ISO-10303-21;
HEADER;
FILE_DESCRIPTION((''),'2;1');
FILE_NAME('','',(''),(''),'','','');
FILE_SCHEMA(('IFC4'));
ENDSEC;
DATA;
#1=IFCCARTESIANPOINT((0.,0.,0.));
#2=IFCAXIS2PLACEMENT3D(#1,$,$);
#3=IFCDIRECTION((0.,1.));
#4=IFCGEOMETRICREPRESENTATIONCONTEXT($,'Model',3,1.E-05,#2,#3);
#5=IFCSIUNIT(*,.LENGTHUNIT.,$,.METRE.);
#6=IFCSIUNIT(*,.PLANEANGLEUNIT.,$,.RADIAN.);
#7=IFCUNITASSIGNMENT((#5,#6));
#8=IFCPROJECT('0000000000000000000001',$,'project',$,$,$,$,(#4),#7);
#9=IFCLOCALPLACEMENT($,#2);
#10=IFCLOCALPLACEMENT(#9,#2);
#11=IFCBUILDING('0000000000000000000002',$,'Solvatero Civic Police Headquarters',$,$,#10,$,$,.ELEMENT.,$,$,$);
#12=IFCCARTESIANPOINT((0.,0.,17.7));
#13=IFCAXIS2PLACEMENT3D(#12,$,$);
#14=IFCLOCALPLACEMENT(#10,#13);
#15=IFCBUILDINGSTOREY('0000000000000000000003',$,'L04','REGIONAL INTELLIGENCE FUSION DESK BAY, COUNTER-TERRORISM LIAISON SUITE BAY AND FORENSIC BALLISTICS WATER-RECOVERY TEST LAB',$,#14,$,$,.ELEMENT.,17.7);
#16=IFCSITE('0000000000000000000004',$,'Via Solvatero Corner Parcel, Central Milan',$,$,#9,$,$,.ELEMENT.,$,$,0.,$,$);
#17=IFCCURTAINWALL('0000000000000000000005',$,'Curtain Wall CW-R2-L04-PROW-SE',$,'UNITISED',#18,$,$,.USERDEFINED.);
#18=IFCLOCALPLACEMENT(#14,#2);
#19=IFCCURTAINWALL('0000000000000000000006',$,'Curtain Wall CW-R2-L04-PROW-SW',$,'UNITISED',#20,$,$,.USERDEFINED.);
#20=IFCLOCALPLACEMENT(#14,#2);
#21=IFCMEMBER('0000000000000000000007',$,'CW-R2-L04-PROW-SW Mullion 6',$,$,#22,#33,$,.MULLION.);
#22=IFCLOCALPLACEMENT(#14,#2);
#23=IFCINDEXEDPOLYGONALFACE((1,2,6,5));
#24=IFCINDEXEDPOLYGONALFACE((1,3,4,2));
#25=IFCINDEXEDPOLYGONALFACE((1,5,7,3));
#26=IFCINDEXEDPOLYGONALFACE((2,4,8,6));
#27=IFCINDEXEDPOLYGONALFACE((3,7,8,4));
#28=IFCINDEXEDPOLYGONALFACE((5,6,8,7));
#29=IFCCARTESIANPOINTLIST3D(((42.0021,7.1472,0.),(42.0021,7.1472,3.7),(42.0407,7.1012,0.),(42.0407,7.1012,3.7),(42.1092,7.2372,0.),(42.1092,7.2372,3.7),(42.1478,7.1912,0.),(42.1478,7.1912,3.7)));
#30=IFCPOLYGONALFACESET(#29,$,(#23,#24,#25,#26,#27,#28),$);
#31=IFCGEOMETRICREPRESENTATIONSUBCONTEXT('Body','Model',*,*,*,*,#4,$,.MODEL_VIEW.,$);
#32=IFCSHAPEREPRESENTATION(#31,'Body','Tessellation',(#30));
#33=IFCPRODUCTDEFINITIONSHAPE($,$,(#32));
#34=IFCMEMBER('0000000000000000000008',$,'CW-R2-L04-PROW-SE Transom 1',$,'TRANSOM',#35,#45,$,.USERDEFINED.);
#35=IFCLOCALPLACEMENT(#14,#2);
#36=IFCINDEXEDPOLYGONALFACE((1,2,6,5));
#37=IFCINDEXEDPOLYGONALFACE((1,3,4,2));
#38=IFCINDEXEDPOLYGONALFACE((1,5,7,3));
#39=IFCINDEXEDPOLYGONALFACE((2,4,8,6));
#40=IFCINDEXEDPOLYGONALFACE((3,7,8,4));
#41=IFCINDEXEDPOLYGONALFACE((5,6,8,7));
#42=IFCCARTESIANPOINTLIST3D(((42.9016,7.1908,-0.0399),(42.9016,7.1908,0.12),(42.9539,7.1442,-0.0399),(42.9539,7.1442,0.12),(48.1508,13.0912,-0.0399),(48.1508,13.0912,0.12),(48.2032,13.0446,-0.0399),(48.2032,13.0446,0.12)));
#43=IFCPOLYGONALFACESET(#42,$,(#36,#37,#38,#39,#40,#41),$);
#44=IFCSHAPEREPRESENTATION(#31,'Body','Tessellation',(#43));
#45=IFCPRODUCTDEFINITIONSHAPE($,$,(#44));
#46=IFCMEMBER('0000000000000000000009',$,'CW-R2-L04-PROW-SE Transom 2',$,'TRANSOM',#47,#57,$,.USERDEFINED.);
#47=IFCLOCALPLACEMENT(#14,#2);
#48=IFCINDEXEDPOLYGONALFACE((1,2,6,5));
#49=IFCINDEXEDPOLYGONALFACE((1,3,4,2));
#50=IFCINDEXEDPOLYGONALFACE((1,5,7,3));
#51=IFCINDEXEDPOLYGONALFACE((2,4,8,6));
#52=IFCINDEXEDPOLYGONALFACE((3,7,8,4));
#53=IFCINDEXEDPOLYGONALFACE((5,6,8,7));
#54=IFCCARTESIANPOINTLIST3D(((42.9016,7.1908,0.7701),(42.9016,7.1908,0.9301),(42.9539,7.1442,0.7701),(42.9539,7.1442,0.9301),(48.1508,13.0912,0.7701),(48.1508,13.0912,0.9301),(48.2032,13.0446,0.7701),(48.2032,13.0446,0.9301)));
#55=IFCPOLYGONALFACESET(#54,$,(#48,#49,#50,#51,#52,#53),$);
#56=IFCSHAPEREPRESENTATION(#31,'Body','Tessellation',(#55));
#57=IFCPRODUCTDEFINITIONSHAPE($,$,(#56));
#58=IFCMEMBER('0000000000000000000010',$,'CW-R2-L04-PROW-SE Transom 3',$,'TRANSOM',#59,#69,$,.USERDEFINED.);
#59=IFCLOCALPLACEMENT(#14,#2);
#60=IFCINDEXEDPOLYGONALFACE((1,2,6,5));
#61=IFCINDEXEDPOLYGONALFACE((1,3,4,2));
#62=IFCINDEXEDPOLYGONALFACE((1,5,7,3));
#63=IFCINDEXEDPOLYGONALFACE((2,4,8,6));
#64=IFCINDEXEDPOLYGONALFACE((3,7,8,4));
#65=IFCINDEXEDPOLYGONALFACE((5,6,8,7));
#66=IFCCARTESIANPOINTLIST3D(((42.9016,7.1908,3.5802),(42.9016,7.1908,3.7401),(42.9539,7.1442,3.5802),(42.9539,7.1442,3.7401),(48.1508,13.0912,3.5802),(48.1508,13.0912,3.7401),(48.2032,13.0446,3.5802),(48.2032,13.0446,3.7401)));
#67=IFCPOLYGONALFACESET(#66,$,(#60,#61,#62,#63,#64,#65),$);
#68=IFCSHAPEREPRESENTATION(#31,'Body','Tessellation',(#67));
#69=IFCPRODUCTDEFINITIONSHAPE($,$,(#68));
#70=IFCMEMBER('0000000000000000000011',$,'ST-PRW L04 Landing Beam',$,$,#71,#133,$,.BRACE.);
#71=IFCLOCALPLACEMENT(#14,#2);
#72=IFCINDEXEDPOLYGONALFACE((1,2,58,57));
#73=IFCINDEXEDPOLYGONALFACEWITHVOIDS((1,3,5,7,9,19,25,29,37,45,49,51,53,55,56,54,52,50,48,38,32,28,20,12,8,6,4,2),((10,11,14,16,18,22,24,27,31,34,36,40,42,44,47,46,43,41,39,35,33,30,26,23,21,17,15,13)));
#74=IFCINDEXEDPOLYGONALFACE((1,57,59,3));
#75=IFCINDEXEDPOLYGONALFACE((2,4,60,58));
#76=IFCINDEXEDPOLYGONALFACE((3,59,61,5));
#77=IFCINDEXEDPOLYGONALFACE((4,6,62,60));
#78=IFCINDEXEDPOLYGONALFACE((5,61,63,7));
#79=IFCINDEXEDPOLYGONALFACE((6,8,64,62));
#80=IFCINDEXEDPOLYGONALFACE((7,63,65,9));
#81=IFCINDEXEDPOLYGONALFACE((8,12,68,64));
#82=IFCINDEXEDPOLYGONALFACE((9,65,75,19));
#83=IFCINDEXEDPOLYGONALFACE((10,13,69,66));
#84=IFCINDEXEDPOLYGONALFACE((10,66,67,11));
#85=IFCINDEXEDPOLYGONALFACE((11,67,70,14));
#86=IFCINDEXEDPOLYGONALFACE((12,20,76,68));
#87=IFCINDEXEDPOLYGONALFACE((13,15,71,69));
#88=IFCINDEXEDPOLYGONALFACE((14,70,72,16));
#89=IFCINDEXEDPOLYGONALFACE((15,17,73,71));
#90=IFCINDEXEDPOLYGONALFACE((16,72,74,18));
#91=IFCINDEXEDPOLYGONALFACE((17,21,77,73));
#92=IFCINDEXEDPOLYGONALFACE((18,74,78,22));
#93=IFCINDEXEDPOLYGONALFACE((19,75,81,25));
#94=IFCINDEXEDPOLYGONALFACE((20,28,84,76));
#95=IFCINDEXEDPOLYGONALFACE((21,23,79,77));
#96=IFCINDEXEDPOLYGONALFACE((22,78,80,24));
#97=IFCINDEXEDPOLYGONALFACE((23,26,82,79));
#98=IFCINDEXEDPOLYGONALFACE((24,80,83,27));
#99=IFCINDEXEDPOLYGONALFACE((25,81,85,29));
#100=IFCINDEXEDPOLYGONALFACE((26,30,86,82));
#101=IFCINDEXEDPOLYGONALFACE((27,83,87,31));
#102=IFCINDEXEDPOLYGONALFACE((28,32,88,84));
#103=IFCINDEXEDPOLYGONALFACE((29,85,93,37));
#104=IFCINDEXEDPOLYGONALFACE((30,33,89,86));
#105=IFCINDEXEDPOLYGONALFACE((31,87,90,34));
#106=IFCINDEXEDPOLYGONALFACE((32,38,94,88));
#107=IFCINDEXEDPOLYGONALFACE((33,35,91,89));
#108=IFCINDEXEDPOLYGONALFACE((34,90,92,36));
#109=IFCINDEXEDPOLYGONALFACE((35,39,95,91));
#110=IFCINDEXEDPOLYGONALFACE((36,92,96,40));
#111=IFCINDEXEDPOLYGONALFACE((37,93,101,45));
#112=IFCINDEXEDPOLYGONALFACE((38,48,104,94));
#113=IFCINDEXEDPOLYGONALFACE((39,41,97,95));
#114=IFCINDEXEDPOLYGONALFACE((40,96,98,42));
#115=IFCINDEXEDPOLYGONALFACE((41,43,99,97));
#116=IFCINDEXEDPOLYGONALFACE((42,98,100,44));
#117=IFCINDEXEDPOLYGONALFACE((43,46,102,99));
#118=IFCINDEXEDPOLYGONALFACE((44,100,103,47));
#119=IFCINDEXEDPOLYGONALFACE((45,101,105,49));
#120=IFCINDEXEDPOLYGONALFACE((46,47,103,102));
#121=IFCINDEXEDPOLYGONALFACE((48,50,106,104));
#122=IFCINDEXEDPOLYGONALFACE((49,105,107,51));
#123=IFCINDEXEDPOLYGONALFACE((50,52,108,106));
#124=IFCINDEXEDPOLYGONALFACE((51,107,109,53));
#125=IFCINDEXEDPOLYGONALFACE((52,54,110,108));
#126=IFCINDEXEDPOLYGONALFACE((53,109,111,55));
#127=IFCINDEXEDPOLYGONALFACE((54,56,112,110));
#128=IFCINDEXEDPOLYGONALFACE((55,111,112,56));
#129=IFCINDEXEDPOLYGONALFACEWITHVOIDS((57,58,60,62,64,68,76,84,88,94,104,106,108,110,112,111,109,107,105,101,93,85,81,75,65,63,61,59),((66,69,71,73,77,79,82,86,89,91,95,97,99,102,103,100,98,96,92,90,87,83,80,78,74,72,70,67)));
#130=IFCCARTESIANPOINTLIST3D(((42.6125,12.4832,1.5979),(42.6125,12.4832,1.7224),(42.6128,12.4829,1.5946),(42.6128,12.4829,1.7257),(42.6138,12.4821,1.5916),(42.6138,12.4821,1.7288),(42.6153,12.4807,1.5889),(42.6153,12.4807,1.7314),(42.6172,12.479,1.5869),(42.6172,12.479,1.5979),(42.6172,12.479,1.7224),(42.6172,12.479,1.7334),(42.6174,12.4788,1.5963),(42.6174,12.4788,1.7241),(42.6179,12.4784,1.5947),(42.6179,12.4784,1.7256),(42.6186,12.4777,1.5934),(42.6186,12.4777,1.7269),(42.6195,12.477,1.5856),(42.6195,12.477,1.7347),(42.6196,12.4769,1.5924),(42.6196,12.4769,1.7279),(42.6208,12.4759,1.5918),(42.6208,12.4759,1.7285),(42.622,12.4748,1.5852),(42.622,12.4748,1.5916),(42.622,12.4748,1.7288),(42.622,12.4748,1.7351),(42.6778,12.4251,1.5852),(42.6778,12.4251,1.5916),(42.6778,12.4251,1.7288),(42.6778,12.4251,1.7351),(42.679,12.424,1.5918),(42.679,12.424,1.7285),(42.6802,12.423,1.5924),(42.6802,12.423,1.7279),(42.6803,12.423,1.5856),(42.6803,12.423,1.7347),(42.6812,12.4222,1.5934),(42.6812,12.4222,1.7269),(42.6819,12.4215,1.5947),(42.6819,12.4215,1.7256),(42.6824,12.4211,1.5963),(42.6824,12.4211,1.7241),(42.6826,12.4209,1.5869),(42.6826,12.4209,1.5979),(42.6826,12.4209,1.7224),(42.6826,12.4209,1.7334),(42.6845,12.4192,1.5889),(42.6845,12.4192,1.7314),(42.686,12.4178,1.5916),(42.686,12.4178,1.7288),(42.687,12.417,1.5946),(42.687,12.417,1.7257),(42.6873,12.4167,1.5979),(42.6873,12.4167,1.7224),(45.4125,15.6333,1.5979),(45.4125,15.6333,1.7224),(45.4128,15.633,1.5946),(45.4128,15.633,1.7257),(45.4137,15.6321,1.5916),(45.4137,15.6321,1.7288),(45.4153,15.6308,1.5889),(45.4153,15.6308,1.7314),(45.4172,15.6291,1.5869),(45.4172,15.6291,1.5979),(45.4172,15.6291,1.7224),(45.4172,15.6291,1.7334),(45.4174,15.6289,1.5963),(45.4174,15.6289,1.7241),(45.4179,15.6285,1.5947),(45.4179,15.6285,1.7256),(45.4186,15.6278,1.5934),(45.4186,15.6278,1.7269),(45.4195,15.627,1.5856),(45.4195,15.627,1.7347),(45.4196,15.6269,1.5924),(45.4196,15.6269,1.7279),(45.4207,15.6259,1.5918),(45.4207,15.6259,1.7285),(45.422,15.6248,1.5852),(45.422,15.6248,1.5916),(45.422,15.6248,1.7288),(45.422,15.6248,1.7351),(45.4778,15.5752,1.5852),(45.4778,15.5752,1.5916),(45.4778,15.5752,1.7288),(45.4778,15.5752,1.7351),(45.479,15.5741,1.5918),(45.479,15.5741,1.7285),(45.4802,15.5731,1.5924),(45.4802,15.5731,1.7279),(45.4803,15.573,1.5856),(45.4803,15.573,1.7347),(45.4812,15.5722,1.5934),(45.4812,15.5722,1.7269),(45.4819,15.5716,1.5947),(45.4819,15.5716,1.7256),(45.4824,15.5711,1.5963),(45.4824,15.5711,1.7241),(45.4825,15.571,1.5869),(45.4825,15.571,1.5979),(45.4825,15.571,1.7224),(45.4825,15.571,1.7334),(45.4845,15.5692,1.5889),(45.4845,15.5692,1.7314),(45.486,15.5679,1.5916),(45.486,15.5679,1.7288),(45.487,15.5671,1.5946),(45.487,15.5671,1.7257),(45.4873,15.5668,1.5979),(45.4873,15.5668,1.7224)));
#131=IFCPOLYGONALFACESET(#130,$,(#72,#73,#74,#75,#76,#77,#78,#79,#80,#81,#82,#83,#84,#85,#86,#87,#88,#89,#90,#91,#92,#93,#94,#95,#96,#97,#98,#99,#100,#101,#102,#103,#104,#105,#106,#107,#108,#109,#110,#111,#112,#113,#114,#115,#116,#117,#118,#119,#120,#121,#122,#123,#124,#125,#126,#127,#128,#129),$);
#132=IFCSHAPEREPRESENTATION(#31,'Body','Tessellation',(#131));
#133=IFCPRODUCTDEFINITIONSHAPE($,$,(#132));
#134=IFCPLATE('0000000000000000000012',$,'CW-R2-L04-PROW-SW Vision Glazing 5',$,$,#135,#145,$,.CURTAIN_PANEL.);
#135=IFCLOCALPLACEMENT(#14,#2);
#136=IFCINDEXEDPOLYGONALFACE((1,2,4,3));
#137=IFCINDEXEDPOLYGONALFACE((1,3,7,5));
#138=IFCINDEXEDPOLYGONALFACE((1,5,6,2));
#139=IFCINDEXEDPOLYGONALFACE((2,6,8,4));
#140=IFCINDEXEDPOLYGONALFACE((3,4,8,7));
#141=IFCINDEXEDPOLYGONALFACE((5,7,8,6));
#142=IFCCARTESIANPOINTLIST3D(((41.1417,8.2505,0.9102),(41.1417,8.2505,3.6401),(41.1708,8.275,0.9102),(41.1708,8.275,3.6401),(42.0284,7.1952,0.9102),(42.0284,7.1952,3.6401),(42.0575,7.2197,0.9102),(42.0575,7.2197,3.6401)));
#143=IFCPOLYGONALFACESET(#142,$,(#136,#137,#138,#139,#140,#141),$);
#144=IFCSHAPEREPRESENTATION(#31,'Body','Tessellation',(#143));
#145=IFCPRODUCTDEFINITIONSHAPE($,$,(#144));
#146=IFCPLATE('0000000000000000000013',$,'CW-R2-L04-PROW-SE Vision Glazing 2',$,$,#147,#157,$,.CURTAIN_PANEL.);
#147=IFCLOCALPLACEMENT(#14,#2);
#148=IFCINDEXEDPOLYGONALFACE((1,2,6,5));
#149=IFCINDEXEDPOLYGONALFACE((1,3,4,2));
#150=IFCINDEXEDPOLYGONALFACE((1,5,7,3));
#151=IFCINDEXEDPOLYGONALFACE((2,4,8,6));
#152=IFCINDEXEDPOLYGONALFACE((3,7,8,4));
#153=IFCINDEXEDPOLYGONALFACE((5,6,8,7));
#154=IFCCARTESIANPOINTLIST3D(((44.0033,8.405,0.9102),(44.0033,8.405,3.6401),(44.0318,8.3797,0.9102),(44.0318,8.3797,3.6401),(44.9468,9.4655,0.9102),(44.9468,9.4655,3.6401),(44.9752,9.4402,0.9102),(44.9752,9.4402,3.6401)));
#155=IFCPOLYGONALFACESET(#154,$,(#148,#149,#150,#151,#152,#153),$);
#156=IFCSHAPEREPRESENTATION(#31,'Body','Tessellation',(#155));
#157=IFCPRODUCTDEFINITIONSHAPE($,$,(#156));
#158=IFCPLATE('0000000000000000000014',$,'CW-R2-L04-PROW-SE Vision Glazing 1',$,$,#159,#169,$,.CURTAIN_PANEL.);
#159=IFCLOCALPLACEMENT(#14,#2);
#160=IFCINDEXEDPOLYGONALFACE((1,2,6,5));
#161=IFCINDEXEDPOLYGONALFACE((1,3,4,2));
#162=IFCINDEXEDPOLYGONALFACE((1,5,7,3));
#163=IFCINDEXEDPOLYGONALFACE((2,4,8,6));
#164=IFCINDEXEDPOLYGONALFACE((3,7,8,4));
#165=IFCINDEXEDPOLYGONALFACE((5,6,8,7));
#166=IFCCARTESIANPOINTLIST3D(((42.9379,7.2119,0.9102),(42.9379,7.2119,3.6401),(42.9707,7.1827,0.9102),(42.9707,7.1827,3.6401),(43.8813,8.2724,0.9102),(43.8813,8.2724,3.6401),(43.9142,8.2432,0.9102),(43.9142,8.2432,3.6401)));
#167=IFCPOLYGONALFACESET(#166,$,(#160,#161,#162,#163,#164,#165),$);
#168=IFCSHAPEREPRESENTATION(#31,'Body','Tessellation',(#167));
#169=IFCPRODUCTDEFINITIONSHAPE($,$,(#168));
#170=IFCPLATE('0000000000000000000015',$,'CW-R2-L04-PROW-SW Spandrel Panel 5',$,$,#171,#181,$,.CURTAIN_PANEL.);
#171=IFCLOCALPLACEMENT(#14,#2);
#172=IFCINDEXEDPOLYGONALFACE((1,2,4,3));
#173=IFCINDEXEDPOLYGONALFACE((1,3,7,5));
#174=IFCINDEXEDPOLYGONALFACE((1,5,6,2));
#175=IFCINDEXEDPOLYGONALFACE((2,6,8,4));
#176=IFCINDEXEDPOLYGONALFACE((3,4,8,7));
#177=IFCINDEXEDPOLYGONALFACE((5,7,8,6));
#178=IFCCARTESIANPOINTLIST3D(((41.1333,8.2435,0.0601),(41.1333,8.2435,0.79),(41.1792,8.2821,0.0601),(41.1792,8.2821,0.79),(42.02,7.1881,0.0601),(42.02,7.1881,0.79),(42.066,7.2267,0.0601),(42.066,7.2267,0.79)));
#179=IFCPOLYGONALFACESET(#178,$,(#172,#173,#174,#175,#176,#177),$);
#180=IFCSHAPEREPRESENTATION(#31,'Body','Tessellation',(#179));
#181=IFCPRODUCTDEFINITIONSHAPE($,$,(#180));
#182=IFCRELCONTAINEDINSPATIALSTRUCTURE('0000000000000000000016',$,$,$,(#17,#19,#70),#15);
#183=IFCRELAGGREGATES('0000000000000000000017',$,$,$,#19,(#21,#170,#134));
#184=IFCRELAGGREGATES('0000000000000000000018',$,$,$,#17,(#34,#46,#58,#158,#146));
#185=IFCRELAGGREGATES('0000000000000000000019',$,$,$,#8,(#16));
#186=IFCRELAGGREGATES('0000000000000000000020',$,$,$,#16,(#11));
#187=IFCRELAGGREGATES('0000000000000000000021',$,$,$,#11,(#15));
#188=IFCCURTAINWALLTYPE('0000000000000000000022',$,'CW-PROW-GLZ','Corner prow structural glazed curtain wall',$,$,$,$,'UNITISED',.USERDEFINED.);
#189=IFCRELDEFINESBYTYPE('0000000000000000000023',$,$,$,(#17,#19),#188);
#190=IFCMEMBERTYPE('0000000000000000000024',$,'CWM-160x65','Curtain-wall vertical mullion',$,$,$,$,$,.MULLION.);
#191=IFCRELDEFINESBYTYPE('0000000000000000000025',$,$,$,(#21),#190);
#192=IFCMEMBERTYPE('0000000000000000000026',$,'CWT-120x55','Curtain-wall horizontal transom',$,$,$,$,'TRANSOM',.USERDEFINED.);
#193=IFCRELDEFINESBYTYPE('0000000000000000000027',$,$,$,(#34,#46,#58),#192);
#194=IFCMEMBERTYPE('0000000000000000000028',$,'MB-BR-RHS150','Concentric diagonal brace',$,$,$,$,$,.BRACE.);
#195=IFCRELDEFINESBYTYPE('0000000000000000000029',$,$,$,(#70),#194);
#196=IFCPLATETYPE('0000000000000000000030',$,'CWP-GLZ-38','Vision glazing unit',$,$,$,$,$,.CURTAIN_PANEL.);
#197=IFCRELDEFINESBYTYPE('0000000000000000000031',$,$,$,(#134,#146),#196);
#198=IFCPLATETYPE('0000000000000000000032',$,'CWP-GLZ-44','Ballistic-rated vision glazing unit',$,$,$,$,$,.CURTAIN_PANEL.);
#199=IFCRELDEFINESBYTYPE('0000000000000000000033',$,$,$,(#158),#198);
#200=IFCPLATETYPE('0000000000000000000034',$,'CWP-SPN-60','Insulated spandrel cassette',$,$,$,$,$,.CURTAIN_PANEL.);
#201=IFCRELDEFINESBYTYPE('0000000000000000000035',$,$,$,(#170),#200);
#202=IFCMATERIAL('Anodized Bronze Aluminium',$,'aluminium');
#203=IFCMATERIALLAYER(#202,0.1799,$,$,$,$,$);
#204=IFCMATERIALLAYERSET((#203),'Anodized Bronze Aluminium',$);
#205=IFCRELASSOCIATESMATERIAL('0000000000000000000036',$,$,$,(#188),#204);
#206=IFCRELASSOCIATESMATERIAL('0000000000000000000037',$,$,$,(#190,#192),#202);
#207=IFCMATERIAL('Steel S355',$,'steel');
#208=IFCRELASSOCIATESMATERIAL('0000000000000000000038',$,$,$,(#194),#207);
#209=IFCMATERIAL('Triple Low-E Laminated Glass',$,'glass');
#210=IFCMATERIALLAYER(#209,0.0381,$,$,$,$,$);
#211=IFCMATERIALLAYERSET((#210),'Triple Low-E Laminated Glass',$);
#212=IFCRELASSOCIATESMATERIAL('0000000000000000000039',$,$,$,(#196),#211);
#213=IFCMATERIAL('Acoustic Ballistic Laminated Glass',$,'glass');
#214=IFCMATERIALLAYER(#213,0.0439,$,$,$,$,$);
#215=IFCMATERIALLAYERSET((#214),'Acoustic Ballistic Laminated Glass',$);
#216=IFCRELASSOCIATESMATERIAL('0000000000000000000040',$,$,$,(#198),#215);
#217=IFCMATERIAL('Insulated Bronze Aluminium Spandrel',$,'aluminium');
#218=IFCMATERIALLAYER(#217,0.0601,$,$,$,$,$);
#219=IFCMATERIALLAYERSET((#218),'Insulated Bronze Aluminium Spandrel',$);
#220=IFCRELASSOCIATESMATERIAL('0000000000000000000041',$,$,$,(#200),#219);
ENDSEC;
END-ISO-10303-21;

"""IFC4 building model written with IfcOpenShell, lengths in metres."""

from ifc_helpers import new_model, si_unit, direction, frame, origin, origin_2d, place, context, subcontext, project, spatial, rectangle, hollow_rectangle, extrude, material, layer, layer_set, material_profile, profile_set, type_object, element, aggregate, save


model = new_model("IFC4")

# Units and contexts
model_context = context("Model", 3, precision=1e-05, world=origin(), true_north=direction((0.0, 1.0)))
body_context = subcontext(model_context, "Body", "Model", "MODEL_VIEW")
ifc_project = project(units=[si_unit("LENGTHUNIT", "METRE"), si_unit("PLANEANGLEUNIT", "RADIAN")], contexts=[model_context])

# Site, building, storey
site_placement = place(None, origin())
site = spatial("IfcSite", under=ifc_project, at=site_placement, Name="Via Solvatero Corner Parcel, Central Milan", CompositionType="ELEMENT", RefElevation=0.0)
building_placement = place(site_placement, origin())
building = spatial("IfcBuilding", under=site, at=building_placement, Name="Solvatero Civic Police Headquarters", CompositionType="ELEMENT")
storey_placement = place(building_placement, frame((0.0, 0.0, 17.7)))
storey = spatial("IfcBuildingStorey", under=building, at=storey_placement, Name="L04", Description="REGIONAL INTELLIGENCE FUSION DESK BAY, COUNTER-TERRORISM LIAISON SUITE BAY AND FORENSIC BALLISTICS WATER-RECOVERY TEST LAB", CompositionType="ELEMENT", Elevation=17.7)

# Shared definitions
ifc_material_1 = material(Name="Steel S355", Category="steel")

# Curtain walls, member
ifc_material_2 = material(Name="Anodized Bronze Aluminium", Category="aluminium")
ifc_layer_1 = layer(ifc_material_2, 0.1799)
ifc_layer_set_1 = layer_set([ifc_layer_1], Name="Anodized Bronze Aluminium")
curtain_wall_type = type_object("IfcCurtainWallType", Name="CW-PROW-GLZ", Description="Corner prow structural glazed curtain wall", ElementType="UNITISED", PredefinedType="USERDEFINED", material=ifc_layer_set_1)
curtain_wall_1_placement = place(storey_placement, origin())
curtain_wall_1 = element("IfcCurtainWall", 1, at=curtain_wall_1_placement, inside=storey, type_object=curtain_wall_type, Name="Curtain Wall CW-R2-L04-PROW-SE", ObjectType="UNITISED", PredefinedType="USERDEFINED")
curtain_wall_2_placement = place(storey_placement, origin())
curtain_wall_2 = element("IfcCurtainWall", 2, at=curtain_wall_2_placement, inside=storey, type_object=curtain_wall_type, Name="Curtain Wall CW-R2-L04-PROW-SW", ObjectType="UNITISED", PredefinedType="USERDEFINED")
ifc_material_profile_1 = material_profile(ifc_material_2, rectangle(XDim=0.0601, YDim=0.1399, at=origin_2d()), Name="ALU MULLION 60x140")
ifc_profile_set_1 = profile_set([ifc_material_profile_1], Name="Anodized Bronze Aluminium")
member_type_1 = type_object("IfcMemberType", Name="CWM-160x65", Description="Curtain-wall vertical mullion", PredefinedType="MULLION", material=ifc_profile_set_1)
member_1_placement = place(storey_placement, frame((42.075, 7.1692, 0.0), z_axis=(0.0, 0.0, 1.0), x_axis=(0.643282, -0.765629, 0.0)))
member_1 = element("IfcMember", 3, at=member_1_placement, type_object=member_type_1, Name="CW-R2-L04-PROW-SW Mullion 6", PredefinedType="MULLION", context=body_context, shape_type="SweptSolid", body=[
    extrude(rectangle(XDim=0.0601, YDim=0.1399, at=origin_2d()), origin(), (0.0, 0.0, 1.0), 3.7),
])

# Members
ifc_material_profile_2 = material_profile(ifc_material_2, rectangle(XDim=0.0701, YDim=0.1599, at=origin_2d()), Name="ALU TRANSOM 70x160")
ifc_profile_set_2 = profile_set([ifc_material_profile_2], Name="Anodized Bronze Aluminium")
member_type_2 = type_object("IfcMemberType", Name="CWT-120x55", Description="Curtain-wall horizontal transom", ElementType="TRANSOM", PredefinedType="USERDEFINED", material=ifc_profile_set_2)
member_2_placement = place(storey_placement, frame((42.9277, 7.1675, 0.04), z_axis=(0.66468, 0.747128, 0.0), x_axis=(-0.747128, 0.66468, 0.0)))
member_2 = element("IfcMember", 4, at=member_2_placement, type_object=member_type_2, Name="CW-R2-L04-PROW-SE Transom 1", ObjectType="TRANSOM", PredefinedType="USERDEFINED", context=body_context, shape_type="SweptSolid", body=[
    extrude(rectangle(XDim=0.0701, YDim=0.1599, at=origin_2d()), origin(), (0.0, 0.0, 1.0), 7.8975),
])
member_3_placement = place(storey_placement, frame((42.9277, 7.1675, 0.8501), z_axis=(0.66468, 0.747128, 0.0), x_axis=(-0.747128, 0.66468, 0.0)))
member_3 = element("IfcMember", 5, at=member_3_placement, type_object=member_type_2, Name="CW-R2-L04-PROW-SE Transom 2", ObjectType="TRANSOM", PredefinedType="USERDEFINED", context=body_context, shape_type="SweptSolid", body=[
    extrude(rectangle(XDim=0.0701, YDim=0.1599, at=origin_2d()), origin(), (0.0, 0.0, 1.0), 7.8975),
])
member_4_placement = place(storey_placement, frame((42.9277, 7.1675, 3.6602), z_axis=(0.66468, 0.747128, 0.0), x_axis=(-0.747128, 0.66468, 0.0)))
member_4 = element("IfcMember", 6, at=member_4_placement, type_object=member_type_2, Name="CW-R2-L04-PROW-SE Transom 3", ObjectType="TRANSOM", PredefinedType="USERDEFINED", context=body_context, shape_type="SweptSolid", body=[
    extrude(rectangle(XDim=0.0701, YDim=0.1599, at=origin_2d()), origin(), (0.0, 0.0, 1.0), 7.8975),
])
ifc_material_profile_3 = material_profile(ifc_material_1, hollow_rectangle(XDim=0.1001, YDim=0.1499, WallThickness=0.0063, InnerFilletRadius=0.0063, OuterFilletRadius=0.0127, at=origin_2d()), Name="RHS 150x100x6.3")
ifc_profile_set_3 = profile_set([ifc_material_profile_3], Name="Steel S355")
member_type_3 = type_object("IfcMemberType", Name="MB-BR-RHS150", Description="Concentric diagonal brace", PredefinedType="BRACE", material=ifc_profile_set_3)
member_5_placement = place(storey_placement, frame((42.6499, 12.45, 1.6602), z_axis=(0.664353, 0.747419, 0.0), x_axis=(-0.747419, 0.664353, 0.0)))
element("IfcMember", 7, at=member_5_placement, inside=storey, type_object=member_type_3, Name="ST-PRW L04 Landing Beam", PredefinedType="BRACE", context=body_context, shape_type="SweptSolid", body=[
    extrude(hollow_rectangle(XDim=0.1001, YDim=0.1499, WallThickness=0.0063, InnerFilletRadius=0.0063, OuterFilletRadius=0.0127, at=origin_2d()), origin(), (0.0, 0.0, 1.0), 4.2146),
])

# Plates
ifc_material_3 = material(Name="Triple Low-E Laminated Glass", Category="glass")
ifc_layer_2 = layer(ifc_material_3, 0.0381)
ifc_layer_set_2 = layer_set([ifc_layer_2], Name="Triple Low-E Laminated Glass")
plate_type_1 = type_object("IfcPlateType", Name="CWP-GLZ-38", Description="Vision glazing unit", PredefinedType="CURTAIN_PANEL", material=ifc_layer_set_2)
plate_1_placement = place(storey_placement, frame((41.5996, 7.7351, 0.9102), z_axis=(0.0, 0.0, 1.0), x_axis=(0.643282, -0.765629, 0.0)))
plate_1 = element("IfcPlate", 8, at=plate_1_placement, type_object=plate_type_1, Name="CW-R2-L04-PROW-SW Vision Glazing 5", PredefinedType="CURTAIN_PANEL", context=body_context, shape_type="SweptSolid", body=[
    extrude(rectangle(XDim=1.3784, YDim=0.0381, at=origin_2d()), origin(), (0.0, 0.0, 1.0), 2.73),
])
plate_2_placement = place(storey_placement, frame((44.4893, 8.9226, 0.9102), z_axis=(0.0, 0.0, 1.0), x_axis=(0.66467, 0.747137, 0.0)))
plate_2 = element("IfcPlate", 9, at=plate_2_placement, type_object=plate_type_1, Name="CW-R2-L04-PROW-SE Vision Glazing 2", PredefinedType="CURTAIN_PANEL", context=body_context, shape_type="SweptSolid", body=[
    extrude(rectangle(XDim=1.4194, YDim=0.0381, at=origin_2d()), origin(), (0.0, 0.0, 1.0), 2.73),
])
ifc_material_4 = material(Name="Acoustic Ballistic Laminated Glass", Category="glass")
ifc_layer_3 = layer(ifc_material_4, 0.0439)
ifc_layer_set_3 = layer_set([ifc_layer_3], Name="Acoustic Ballistic Laminated Glass")
plate_type_2 = type_object("IfcPlateType", Name="CWP-GLZ-44", Description="Ballistic-rated vision glazing unit", PredefinedType="CURTAIN_PANEL", material=ifc_layer_set_3)
plate_3_placement = place(storey_placement, frame((43.426, 7.7275, 0.9102), z_axis=(0.0, 0.0, 1.0), x_axis=(0.66467, 0.747137, 0.0)))
plate_3 = element("IfcPlate", 10, at=plate_3_placement, type_object=plate_type_2, Name="CW-R2-L04-PROW-SE Vision Glazing 1", PredefinedType="CURTAIN_PANEL", context=body_context, shape_type="SweptSolid", body=[
    extrude(rectangle(XDim=1.4194, YDim=0.0439, at=origin_2d()), origin(), (0.0, 0.0, 1.0), 2.73),
])
ifc_material_5 = material(Name="Insulated Bronze Aluminium Spandrel", Category="aluminium")
ifc_layer_4 = layer(ifc_material_5, 0.0601)
ifc_layer_set_4 = layer_set([ifc_layer_4], Name="Insulated Bronze Aluminium Spandrel")
plate_type_3 = type_object("IfcPlateType", Name="CWP-SPN-60", Description="Insulated spandrel cassette", PredefinedType="CURTAIN_PANEL", material=ifc_layer_set_4)
plate_4_placement = place(storey_placement, frame((41.5996, 7.7351, 0.0601), z_axis=(0.0, 0.0, 1.0), x_axis=(0.643282, -0.765629, 0.0)))
plate_4 = element("IfcPlate", 11, at=plate_4_placement, type_object=plate_type_3, Name="CW-R2-L04-PROW-SW Spandrel Panel 5", PredefinedType="CURTAIN_PANEL", context=body_context, shape_type="SweptSolid", body=[
    extrude(rectangle(XDim=1.3784, YDim=0.0601, at=origin_2d()), origin(), (0.0, 0.0, 1.0), 0.73),
])
aggregate(curtain_wall_2, [member_1, plate_4, plate_1])
aggregate(curtain_wall_1, [member_2, member_3, member_4, plate_3, plate_2])

save(model, "model.ifc")
